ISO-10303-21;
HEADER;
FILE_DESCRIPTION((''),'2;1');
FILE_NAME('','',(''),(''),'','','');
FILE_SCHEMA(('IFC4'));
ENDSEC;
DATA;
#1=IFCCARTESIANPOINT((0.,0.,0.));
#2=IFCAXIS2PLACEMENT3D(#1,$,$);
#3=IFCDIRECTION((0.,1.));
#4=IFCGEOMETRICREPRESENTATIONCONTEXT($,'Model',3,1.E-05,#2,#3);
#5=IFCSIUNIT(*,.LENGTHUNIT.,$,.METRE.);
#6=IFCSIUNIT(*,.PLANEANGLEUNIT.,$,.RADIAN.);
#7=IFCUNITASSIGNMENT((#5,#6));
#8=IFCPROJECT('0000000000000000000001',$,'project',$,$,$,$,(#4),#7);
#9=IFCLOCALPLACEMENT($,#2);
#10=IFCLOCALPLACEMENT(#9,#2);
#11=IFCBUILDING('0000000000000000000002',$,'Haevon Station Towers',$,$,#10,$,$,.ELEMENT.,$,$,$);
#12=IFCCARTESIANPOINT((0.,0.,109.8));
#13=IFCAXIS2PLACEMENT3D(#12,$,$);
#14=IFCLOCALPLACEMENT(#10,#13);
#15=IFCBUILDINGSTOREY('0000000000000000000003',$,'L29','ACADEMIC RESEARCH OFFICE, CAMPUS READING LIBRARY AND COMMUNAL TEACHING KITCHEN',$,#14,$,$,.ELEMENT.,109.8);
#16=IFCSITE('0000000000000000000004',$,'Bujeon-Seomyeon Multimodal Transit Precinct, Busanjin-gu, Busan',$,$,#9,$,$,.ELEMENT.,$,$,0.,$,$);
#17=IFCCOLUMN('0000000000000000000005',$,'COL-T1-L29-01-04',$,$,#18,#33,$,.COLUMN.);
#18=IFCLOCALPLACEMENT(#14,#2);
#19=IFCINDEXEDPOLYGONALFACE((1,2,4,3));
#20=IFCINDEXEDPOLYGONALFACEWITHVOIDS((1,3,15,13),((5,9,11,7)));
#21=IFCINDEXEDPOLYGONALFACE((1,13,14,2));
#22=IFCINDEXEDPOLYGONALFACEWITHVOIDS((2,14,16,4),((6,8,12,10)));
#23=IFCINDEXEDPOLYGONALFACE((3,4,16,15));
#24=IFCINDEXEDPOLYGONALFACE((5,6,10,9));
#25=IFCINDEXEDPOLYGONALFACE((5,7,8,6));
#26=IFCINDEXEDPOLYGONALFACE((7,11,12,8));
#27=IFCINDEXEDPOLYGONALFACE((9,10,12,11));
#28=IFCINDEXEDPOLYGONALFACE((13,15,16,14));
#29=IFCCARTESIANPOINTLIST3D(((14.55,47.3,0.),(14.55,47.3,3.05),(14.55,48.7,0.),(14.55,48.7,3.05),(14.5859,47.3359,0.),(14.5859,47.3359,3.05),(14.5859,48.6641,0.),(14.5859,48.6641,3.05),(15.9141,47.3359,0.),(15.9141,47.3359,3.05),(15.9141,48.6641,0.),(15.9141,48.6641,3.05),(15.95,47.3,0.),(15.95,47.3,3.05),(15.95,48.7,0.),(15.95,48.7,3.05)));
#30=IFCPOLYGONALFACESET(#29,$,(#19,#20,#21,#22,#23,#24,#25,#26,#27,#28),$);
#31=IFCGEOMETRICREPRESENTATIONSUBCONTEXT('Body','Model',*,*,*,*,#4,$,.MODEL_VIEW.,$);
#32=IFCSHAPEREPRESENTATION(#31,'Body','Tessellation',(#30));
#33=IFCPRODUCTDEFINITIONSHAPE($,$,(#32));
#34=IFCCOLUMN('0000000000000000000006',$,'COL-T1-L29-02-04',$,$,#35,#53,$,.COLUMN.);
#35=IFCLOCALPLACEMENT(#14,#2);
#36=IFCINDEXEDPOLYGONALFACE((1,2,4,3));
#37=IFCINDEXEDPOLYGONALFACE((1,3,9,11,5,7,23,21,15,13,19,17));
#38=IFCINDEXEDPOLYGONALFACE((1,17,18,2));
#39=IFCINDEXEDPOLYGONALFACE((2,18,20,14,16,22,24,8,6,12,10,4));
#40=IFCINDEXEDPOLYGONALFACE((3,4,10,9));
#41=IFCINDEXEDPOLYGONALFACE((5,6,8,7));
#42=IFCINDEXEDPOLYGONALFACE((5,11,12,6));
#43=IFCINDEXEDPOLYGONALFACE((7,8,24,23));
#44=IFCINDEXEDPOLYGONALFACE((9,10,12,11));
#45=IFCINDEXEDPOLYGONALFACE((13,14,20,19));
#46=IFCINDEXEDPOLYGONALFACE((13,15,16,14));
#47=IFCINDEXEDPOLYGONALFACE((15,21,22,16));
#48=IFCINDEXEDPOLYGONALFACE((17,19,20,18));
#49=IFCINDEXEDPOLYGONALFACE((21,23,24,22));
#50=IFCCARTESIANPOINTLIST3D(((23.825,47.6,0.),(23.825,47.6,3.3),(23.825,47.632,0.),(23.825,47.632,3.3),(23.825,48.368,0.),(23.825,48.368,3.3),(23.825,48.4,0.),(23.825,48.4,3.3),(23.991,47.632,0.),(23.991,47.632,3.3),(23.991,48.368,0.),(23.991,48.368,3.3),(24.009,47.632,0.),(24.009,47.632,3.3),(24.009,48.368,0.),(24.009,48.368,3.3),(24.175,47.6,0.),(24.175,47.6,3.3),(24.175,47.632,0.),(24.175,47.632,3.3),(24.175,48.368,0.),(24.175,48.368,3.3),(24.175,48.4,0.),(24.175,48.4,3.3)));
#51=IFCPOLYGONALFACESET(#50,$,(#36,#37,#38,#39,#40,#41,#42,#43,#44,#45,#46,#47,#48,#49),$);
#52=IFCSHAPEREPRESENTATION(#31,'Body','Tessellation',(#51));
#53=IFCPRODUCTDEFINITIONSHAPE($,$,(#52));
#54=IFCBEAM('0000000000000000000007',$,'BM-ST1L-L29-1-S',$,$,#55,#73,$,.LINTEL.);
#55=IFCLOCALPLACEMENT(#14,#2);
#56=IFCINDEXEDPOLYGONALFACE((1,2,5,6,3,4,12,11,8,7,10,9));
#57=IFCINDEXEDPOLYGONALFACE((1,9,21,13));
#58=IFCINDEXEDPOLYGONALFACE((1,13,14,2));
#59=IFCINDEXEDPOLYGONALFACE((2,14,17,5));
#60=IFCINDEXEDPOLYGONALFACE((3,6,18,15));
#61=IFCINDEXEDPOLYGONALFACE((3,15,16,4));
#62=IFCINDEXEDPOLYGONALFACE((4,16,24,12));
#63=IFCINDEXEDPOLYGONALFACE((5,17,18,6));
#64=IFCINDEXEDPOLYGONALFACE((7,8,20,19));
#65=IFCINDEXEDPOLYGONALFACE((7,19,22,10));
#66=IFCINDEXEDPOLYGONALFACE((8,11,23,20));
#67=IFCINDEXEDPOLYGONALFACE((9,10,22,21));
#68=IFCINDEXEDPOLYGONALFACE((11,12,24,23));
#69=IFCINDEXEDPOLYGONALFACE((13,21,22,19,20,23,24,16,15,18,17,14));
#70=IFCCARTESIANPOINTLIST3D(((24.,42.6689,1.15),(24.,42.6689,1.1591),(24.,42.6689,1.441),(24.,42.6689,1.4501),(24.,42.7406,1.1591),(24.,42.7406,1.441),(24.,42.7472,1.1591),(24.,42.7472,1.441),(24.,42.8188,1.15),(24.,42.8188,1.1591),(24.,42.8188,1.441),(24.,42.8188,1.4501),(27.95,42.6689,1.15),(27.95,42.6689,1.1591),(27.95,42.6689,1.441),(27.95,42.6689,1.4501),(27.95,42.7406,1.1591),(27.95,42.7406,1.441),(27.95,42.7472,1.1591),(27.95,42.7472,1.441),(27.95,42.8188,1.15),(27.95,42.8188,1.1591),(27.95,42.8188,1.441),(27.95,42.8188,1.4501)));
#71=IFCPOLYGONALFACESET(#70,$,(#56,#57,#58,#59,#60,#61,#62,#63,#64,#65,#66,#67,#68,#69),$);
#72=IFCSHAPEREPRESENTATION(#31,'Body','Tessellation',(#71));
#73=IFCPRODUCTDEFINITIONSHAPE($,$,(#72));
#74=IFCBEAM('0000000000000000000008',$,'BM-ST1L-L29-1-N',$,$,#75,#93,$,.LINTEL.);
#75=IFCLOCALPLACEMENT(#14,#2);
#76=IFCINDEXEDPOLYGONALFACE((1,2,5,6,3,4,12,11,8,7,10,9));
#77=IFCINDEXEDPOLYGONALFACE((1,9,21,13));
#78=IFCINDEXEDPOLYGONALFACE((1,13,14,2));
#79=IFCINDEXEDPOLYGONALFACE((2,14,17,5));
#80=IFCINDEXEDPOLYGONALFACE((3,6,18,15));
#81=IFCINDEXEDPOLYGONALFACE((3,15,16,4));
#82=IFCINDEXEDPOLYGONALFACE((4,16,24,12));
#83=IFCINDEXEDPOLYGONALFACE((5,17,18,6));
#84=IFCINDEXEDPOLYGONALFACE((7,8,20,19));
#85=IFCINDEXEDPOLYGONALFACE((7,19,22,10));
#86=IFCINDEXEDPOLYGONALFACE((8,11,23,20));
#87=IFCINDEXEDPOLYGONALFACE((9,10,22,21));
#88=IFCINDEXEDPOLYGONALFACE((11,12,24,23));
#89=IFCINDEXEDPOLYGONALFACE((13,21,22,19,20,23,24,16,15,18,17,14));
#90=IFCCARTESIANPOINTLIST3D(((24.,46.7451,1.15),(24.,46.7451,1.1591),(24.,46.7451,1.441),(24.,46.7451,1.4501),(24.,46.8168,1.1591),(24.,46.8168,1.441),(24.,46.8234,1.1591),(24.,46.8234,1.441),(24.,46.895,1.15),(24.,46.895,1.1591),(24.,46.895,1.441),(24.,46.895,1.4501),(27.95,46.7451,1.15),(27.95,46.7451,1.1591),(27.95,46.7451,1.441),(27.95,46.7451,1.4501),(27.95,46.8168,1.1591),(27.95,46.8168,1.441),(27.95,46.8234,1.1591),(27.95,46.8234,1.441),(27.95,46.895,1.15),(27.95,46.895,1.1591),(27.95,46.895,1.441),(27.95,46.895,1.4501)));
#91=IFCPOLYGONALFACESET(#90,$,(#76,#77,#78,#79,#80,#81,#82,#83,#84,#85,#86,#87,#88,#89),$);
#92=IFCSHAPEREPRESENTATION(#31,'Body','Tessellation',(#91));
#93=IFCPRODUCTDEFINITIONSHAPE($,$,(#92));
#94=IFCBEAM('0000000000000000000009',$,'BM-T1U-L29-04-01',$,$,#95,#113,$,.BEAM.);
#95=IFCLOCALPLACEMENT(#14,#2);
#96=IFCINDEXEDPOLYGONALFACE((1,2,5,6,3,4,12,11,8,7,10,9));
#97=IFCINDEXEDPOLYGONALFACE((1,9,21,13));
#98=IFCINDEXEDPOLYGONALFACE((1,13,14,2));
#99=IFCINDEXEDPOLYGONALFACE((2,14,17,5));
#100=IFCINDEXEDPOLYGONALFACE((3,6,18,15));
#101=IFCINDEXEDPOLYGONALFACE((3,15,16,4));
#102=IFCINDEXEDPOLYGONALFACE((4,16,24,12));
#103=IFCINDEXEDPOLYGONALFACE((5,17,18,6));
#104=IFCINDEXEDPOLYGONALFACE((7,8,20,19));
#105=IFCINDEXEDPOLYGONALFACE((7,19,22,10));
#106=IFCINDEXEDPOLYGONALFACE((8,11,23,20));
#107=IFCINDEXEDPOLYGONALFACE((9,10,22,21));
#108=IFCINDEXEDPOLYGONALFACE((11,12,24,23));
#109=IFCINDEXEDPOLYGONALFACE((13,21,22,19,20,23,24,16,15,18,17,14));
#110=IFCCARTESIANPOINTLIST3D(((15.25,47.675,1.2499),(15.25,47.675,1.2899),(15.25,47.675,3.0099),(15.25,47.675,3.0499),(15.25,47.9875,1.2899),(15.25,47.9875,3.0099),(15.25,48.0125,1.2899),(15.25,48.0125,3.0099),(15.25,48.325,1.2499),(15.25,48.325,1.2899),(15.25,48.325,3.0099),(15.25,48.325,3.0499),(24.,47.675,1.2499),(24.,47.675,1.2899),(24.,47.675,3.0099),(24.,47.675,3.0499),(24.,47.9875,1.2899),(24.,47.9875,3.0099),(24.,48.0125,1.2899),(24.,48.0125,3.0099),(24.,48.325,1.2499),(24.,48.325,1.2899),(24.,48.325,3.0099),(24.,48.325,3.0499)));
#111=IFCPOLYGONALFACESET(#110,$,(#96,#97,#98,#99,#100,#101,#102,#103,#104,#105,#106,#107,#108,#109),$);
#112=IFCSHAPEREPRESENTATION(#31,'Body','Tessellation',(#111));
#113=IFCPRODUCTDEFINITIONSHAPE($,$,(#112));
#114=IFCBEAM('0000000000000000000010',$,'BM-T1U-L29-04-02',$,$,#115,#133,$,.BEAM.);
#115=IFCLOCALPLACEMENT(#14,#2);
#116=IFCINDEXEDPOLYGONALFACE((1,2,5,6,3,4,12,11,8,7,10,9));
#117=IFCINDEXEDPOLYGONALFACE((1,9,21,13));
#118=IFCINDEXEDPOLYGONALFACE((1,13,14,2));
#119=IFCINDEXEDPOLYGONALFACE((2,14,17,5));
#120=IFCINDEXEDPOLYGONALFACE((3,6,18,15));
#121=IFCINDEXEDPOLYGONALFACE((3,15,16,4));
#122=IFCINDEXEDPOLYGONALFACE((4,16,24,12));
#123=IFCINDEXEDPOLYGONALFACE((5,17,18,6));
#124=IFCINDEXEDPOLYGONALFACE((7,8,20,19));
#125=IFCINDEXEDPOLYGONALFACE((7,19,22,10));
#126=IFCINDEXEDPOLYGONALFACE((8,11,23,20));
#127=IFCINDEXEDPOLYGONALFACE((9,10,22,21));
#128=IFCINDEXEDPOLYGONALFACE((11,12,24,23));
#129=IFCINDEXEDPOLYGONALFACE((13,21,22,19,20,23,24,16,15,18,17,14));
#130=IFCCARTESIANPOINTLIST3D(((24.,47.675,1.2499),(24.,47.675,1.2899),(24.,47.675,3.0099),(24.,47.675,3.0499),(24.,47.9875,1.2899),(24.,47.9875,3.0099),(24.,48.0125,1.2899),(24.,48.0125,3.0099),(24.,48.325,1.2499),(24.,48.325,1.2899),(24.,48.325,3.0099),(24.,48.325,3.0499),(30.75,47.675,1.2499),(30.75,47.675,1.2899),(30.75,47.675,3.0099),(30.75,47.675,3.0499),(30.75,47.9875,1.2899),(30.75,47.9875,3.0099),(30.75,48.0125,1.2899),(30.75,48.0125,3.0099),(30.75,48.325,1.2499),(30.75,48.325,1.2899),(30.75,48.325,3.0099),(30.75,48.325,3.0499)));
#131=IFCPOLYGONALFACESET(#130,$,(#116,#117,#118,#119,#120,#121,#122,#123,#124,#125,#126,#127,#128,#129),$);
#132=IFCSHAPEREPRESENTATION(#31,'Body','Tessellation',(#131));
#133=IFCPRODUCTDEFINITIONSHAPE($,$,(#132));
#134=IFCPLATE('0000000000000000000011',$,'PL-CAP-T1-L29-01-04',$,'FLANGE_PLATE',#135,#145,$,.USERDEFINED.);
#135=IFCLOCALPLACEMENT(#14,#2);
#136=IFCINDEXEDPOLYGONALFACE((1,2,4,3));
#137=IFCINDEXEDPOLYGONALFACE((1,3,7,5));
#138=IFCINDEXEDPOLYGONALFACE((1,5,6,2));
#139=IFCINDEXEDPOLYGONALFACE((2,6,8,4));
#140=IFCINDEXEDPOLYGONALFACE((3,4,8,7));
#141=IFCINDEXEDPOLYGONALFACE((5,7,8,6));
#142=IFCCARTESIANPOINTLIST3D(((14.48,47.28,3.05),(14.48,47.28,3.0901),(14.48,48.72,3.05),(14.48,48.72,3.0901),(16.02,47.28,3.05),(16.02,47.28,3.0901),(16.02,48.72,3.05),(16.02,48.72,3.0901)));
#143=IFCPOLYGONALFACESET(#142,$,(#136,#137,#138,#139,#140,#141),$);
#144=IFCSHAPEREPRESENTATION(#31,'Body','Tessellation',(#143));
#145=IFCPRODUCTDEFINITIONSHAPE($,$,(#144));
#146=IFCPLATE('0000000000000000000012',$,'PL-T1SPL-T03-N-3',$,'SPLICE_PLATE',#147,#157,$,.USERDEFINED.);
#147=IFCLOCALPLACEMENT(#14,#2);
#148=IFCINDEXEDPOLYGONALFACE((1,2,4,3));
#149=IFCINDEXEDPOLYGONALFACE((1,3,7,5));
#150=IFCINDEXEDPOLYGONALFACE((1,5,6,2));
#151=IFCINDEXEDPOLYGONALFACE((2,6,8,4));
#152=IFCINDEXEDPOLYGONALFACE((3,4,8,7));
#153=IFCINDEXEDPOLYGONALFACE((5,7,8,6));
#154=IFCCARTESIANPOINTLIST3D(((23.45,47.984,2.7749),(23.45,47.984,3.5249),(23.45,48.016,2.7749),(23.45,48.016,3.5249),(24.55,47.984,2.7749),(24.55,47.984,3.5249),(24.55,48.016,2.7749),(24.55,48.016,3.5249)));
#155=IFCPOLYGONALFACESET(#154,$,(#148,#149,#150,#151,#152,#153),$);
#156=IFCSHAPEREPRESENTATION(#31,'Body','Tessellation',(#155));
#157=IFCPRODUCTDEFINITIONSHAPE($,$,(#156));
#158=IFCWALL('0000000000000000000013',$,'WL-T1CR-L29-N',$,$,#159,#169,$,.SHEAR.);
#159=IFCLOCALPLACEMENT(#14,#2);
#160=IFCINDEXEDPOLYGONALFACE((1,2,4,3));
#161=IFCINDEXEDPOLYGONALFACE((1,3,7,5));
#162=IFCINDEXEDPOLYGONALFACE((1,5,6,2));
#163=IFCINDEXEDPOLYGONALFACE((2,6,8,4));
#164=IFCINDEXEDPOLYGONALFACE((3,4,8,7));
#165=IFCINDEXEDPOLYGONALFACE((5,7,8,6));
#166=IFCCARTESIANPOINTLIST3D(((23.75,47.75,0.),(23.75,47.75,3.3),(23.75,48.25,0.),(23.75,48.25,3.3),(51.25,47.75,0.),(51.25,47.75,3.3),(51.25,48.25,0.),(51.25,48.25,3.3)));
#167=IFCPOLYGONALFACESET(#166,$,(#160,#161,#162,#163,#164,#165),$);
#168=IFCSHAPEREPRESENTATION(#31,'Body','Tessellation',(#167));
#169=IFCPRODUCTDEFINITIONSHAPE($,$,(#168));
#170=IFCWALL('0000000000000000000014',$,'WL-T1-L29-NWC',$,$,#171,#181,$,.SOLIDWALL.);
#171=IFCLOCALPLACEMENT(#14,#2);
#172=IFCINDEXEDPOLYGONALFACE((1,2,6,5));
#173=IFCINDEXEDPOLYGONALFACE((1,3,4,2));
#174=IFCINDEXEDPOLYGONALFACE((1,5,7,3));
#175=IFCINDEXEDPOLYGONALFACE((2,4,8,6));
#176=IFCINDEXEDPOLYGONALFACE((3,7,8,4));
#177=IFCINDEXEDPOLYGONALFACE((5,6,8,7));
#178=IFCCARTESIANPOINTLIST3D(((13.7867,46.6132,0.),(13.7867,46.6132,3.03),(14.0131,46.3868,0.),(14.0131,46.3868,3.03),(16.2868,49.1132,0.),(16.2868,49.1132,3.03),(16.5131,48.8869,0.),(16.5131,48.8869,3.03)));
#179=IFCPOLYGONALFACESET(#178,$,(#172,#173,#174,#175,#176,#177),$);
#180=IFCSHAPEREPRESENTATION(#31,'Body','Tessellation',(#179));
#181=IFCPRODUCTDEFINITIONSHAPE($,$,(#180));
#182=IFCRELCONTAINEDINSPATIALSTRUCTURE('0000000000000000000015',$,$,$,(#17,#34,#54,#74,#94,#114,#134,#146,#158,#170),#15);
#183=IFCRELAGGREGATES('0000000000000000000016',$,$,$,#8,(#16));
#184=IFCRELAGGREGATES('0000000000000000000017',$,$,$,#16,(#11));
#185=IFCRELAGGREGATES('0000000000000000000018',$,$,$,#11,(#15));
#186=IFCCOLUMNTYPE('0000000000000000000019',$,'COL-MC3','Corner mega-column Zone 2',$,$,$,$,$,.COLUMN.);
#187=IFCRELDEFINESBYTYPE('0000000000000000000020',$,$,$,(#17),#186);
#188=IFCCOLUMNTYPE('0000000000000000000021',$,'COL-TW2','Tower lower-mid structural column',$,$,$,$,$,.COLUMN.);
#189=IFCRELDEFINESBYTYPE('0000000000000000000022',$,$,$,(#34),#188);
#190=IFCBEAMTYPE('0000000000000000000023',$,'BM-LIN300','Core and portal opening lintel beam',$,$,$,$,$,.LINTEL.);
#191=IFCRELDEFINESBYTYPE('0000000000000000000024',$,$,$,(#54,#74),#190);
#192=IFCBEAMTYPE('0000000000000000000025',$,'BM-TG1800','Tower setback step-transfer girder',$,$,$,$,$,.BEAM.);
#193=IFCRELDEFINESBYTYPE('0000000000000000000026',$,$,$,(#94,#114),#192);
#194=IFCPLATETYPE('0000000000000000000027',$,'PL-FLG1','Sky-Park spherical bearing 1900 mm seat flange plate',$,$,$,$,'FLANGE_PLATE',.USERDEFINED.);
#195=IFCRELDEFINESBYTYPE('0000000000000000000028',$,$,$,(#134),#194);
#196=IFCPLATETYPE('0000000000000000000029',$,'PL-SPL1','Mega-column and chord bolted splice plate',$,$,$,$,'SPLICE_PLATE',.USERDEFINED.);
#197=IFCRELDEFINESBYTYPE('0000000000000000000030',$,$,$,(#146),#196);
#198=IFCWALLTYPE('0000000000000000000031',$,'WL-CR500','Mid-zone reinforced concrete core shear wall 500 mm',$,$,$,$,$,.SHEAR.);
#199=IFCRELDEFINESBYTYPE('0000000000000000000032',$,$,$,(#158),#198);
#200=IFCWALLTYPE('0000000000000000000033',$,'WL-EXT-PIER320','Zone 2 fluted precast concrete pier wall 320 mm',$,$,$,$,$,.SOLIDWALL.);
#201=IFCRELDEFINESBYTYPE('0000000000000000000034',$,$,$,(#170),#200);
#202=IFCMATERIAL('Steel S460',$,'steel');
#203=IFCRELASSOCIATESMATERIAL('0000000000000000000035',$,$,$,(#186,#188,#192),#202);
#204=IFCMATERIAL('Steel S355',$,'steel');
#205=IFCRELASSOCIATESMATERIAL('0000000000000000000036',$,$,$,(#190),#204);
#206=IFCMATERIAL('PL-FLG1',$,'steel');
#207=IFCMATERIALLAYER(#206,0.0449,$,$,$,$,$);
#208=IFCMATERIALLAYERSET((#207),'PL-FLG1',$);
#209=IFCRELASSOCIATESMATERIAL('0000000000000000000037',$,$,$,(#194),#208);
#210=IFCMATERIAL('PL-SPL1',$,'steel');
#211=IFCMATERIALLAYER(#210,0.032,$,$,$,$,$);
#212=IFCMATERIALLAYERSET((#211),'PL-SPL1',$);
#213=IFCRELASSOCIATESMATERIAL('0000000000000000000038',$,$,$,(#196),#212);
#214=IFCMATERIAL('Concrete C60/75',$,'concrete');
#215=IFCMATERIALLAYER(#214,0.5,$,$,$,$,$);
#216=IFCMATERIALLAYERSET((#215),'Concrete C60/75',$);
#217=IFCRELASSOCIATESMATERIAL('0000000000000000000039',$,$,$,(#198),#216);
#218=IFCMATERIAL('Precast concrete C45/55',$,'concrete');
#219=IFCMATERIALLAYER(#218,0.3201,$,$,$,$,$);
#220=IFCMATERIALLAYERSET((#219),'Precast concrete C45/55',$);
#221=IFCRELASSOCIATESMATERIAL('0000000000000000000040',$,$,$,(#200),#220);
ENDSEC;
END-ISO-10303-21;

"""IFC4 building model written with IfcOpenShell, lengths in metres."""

from ifc_helpers import new_model, si_unit, direction, frame, frame_2d, origin, origin_2d, place, context, subcontext, project, spatial, rectangle, hollow_rectangle, i_section, extrude, material, layer, layer_set, material_profile, profile_set, type_object, element, save


model = new_model("IFC4")

# Units and contexts
model_context = context("Model", 3, precision=1e-05, world=origin(), true_north=direction((0.0, 1.0)))
body_context = subcontext(model_context, "Body", "Model", "MODEL_VIEW")
ifc_project = project(units=[si_unit("LENGTHUNIT", "METRE"), si_unit("PLANEANGLEUNIT", "RADIAN")], contexts=[model_context])

# Site, building, storey
site_placement = place(None, origin())
site = spatial("IfcSite", under=ifc_project, at=site_placement, Name="Bujeon-Seomyeon Multimodal Transit Precinct, Busanjin-gu, Busan", CompositionType="ELEMENT", RefElevation=0.0)
building_placement = place(site_placement, origin())
building = spatial("IfcBuilding", under=site, at=building_placement, Name="Haevon Station Towers", CompositionType="ELEMENT")
storey_placement = place(building_placement, frame((0.0, 0.0, 109.8)))
storey = spatial("IfcBuildingStorey", under=building, at=storey_placement, Name="L29", Description="ACADEMIC RESEARCH OFFICE, CAMPUS READING LIBRARY AND COMMUNAL TEACHING KITCHEN", CompositionType="ELEMENT", Elevation=109.8)

# Columns
ifc_material_1 = material(Name="Steel S460", Category="steel")
ifc_material_profile_1 = material_profile(ifc_material_1, hollow_rectangle(XDim=1.3999, YDim=1.3999, WallThickness=0.0359, at=origin_2d()), Name="BOX-1400x1400x36")
ifc_profile_set_1 = profile_set([ifc_material_profile_1], Name="Steel S460")
column_type_1 = type_object("IfcColumnType", Name="COL-MC3", Description="Corner mega-column Zone 2", PredefinedType="COLUMN", material=ifc_profile_set_1)
column_1_placement = place(storey_placement, frame((15.25, 48.0, 0.0), z_axis=(0.0, 0.0, 1.0), x_axis=(1.0, 0.0, 0.0)))
element("IfcColumn", 1, at=column_1_placement, inside=storey, type_object=column_type_1, Name="COL-T1-L29-01-04", PredefinedType="COLUMN", context=body_context, shape_type="SweptSolid", body=[
    extrude(hollow_rectangle(XDim=1.3999, YDim=1.3999, WallThickness=0.0359, at=origin_2d()), origin(), (0.0, 0.0, 1.0), 3.05),
])
ifc_material_profile_2 = material_profile(ifc_material_1, i_section(OverallWidth=0.3501, OverallDepth=0.8, WebThickness=0.0181, FlangeThickness=0.032, at=origin_2d()), Name="H-800x350x18x32")
ifc_profile_set_2 = profile_set([ifc_material_profile_2], Name="Steel S460")
column_type_2 = type_object("IfcColumnType", Name="COL-TW2", Description="Tower lower-mid structural column", PredefinedType="COLUMN", material=ifc_profile_set_2)
column_2_placement = place(storey_placement, frame((24.0, 48.0, 0.0), z_axis=(0.0, 0.0, 1.0), x_axis=(1.0, 0.0, 0.0)))
element("IfcColumn", 2, at=column_2_placement, inside=storey, type_object=column_type_2, Name="COL-T1-L29-02-04", PredefinedType="COLUMN", context=body_context, shape_type="SweptSolid", body=[
    extrude(i_section(OverallWidth=0.3501, OverallDepth=0.8, WebThickness=0.0181, FlangeThickness=0.032, at=origin_2d()), origin(), (0.0, 0.0, 1.0), 3.3),
])

# Beams
ifc_material_2 = material(Name="Steel S355", Category="steel")
ifc_material_profile_3 = material_profile(ifc_material_2, i_section(OverallWidth=0.1499, OverallDepth=0.3, WebThickness=0.0066, FlangeThickness=0.009, at=origin_2d()), Name="H-300x150x6.5x9")
ifc_profile_set_3 = profile_set([ifc_material_profile_3], Name="Steel S355")
beam_type_1 = type_object("IfcBeamType", Name="BM-LIN300", Description="Core and portal opening lintel beam", PredefinedType="LINTEL", material=ifc_profile_set_3)
for number, where, z_axis, x_axis, name in (
    (3, (24.0, 42.7439, 1.3), (1.0, 0.0, 0.0), (0.0, 1.0, 0.0), "BM-ST1L-L29-1-S"),
    (4, (24.0, 46.8201, 1.3), (1.0, 0.0, 0.0), (0.0, 1.0, 0.0), "BM-ST1L-L29-1-N"),
):
    element("IfcBeam", number, at=place(storey_placement, frame(where, z_axis=z_axis, x_axis=x_axis)), inside=storey, type_object=beam_type_1, Name=name, PredefinedType="LINTEL", context=body_context, shape_type="SweptSolid", body=[
        extrude(i_section(OverallWidth=0.1499, OverallDepth=0.3, WebThickness=0.0066, FlangeThickness=0.009, at=origin_2d()), origin(), (0.0, 0.0, 1.0), 3.95),
    ])
ifc_material_profile_4 = material_profile(ifc_material_1, i_section(OverallWidth=0.6499, OverallDepth=1.8, WebThickness=0.0249, FlangeThickness=0.04, at=origin_2d()), Name="H-1800x650x25x40")
ifc_profile_set_4 = profile_set([ifc_material_profile_4], Name="Steel S460")
beam_type_2 = type_object("IfcBeamType", Name="BM-TG1800", Description="Tower setback step-transfer girder", PredefinedType="BEAM", material=ifc_profile_set_4)
beam_1_placement = place(storey_placement, frame((15.25, 48.0, 2.1499), z_axis=(1.0, 0.0, 0.0), x_axis=(0.0, 1.0, 0.0)))
element("IfcBeam", 5, at=beam_1_placement, inside=storey, type_object=beam_type_2, Name="BM-T1U-L29-04-01", PredefinedType="BEAM", context=body_context, shape_type="SweptSolid", body=[
    extrude(i_section(OverallWidth=0.6499, OverallDepth=1.8, WebThickness=0.0249, FlangeThickness=0.04, at=origin_2d()), origin(), (0.0, 0.0, 1.0), 8.75),
])
beam_2_placement = place(storey_placement, frame((24.0, 48.0, 2.1499), z_axis=(1.0, 0.0, 0.0), x_axis=(0.0, 1.0, 0.0)))
element("IfcBeam", 6, at=beam_2_placement, inside=storey, type_object=beam_type_2, Name="BM-T1U-L29-04-02", PredefinedType="BEAM", context=body_context, shape_type="SweptSolid", body=[
    extrude(i_section(OverallWidth=0.6499, OverallDepth=1.8, WebThickness=0.0249, FlangeThickness=0.04, at=origin_2d()), origin(), (0.0, 0.0, 1.0), 6.75),
])

# Plates
ifc_material_3 = material(Name="PL-FLG1", Category="steel")
ifc_layer_1 = layer(ifc_material_3, 0.0449)
ifc_layer_set_1 = layer_set([ifc_layer_1], Name="PL-FLG1")
plate_type_1 = type_object("IfcPlateType", Name="PL-FLG1", Description="Sky-Park spherical bearing 1900 mm seat flange plate", ElementType="FLANGE_PLATE", PredefinedType="USERDEFINED", material=ifc_layer_set_1)
plate_1_placement = place(storey_placement, frame((15.25, 48.0, 3.05), z_axis=(0.0, 0.0, 1.0), x_axis=(1.0, 0.0, 0.0)))
element("IfcPlate", 7, at=plate_1_placement, inside=storey, type_object=plate_type_1, Name="PL-CAP-T1-L29-01-04", ObjectType="FLANGE_PLATE", PredefinedType="USERDEFINED", context=body_context, shape_type="SweptSolid", body=[
    extrude(rectangle(XDim=1.54, YDim=1.4399, at=origin_2d()), origin(), (0.0, 0.0, 1.0), 0.04),
])
ifc_material_4 = material(Name="PL-SPL1", Category="steel")
ifc_layer_2 = layer(ifc_material_4, 0.032)
ifc_layer_set_2 = layer_set([ifc_layer_2], Name="PL-SPL1")
plate_type_2 = type_object("IfcPlateType", Name="PL-SPL1", Description="Mega-column and chord bolted splice plate", ElementType="SPLICE_PLATE", PredefinedType="USERDEFINED", material=ifc_layer_set_2)
plate_2_placement = place(storey_placement, frame((24.0, 48.0, 2.7749), z_axis=(0.0, 0.0, 1.0), x_axis=(1.0, 0.0, 0.0)))
element("IfcPlate", 8, at=plate_2_placement, inside=storey, type_object=plate_type_2, Name="PL-T1SPL-T03-N-3", ObjectType="SPLICE_PLATE", PredefinedType="USERDEFINED", context=body_context, shape_type="SweptSolid", body=[
    extrude(rectangle(XDim=1.1001, YDim=0.032, at=origin_2d()), origin(), (0.0, 0.0, 1.0), 0.75),
])

# Walls
ifc_material_5 = material(Name="Concrete C60/75", Category="concrete")
ifc_layer_3 = layer(ifc_material_5, 0.5)
ifc_layer_set_3 = layer_set([ifc_layer_3], Name="Concrete C60/75")
wall_type_1 = type_object("IfcWallType", Name="WL-CR500", Description="Mid-zone reinforced concrete core shear wall 500 mm", PredefinedType="SHEAR", material=ifc_layer_set_3)
wall_1_placement = place(storey_placement, frame((23.75, 48.0, 0.0), z_axis=(0.0, 0.0, 1.0), x_axis=(1.0, 0.0, 0.0)))
element("IfcWall", 9, at=wall_1_placement, inside=storey, type_object=wall_type_1, Name="WL-T1CR-L29-N", PredefinedType="SHEAR", context=body_context, shape_type="SweptSolid", body=[
    extrude(rectangle(XDim=27.5, YDim=0.5, at=frame_2d((13.75, 0.0))), origin(), (0.0, 0.0, 1.0), 3.3),
])
ifc_material_6 = material(Name="Precast concrete C45/55", Category="concrete")
ifc_layer_4 = layer(ifc_material_6, 0.3201)
ifc_layer_set_4 = layer_set([ifc_layer_4], Name="Precast concrete C45/55")
wall_type_2 = type_object("IfcWallType", Name="WL-EXT-PIER320", Description="Zone 2 fluted precast concrete pier wall 320 mm", PredefinedType="SOLIDWALL", material=ifc_layer_set_4)
wall_2_placement = place(storey_placement, frame((13.8999, 46.5, 0.0), z_axis=(0.0, 0.0, 1.0), x_axis=(0.707107, 0.707107, 0.0)))
element("IfcWall", 10, at=wall_2_placement, inside=storey, type_object=wall_type_2, Name="WL-T1-L29-NWC", PredefinedType="SOLIDWALL", context=body_context, shape_type="SweptSolid", body=[
    extrude(rectangle(XDim=3.5356, YDim=0.3201, at=frame_2d((1.7678, 0.0))), origin(), (0.0, 0.0, 1.0), 3.03),
])

save(model, "model.ifc")
